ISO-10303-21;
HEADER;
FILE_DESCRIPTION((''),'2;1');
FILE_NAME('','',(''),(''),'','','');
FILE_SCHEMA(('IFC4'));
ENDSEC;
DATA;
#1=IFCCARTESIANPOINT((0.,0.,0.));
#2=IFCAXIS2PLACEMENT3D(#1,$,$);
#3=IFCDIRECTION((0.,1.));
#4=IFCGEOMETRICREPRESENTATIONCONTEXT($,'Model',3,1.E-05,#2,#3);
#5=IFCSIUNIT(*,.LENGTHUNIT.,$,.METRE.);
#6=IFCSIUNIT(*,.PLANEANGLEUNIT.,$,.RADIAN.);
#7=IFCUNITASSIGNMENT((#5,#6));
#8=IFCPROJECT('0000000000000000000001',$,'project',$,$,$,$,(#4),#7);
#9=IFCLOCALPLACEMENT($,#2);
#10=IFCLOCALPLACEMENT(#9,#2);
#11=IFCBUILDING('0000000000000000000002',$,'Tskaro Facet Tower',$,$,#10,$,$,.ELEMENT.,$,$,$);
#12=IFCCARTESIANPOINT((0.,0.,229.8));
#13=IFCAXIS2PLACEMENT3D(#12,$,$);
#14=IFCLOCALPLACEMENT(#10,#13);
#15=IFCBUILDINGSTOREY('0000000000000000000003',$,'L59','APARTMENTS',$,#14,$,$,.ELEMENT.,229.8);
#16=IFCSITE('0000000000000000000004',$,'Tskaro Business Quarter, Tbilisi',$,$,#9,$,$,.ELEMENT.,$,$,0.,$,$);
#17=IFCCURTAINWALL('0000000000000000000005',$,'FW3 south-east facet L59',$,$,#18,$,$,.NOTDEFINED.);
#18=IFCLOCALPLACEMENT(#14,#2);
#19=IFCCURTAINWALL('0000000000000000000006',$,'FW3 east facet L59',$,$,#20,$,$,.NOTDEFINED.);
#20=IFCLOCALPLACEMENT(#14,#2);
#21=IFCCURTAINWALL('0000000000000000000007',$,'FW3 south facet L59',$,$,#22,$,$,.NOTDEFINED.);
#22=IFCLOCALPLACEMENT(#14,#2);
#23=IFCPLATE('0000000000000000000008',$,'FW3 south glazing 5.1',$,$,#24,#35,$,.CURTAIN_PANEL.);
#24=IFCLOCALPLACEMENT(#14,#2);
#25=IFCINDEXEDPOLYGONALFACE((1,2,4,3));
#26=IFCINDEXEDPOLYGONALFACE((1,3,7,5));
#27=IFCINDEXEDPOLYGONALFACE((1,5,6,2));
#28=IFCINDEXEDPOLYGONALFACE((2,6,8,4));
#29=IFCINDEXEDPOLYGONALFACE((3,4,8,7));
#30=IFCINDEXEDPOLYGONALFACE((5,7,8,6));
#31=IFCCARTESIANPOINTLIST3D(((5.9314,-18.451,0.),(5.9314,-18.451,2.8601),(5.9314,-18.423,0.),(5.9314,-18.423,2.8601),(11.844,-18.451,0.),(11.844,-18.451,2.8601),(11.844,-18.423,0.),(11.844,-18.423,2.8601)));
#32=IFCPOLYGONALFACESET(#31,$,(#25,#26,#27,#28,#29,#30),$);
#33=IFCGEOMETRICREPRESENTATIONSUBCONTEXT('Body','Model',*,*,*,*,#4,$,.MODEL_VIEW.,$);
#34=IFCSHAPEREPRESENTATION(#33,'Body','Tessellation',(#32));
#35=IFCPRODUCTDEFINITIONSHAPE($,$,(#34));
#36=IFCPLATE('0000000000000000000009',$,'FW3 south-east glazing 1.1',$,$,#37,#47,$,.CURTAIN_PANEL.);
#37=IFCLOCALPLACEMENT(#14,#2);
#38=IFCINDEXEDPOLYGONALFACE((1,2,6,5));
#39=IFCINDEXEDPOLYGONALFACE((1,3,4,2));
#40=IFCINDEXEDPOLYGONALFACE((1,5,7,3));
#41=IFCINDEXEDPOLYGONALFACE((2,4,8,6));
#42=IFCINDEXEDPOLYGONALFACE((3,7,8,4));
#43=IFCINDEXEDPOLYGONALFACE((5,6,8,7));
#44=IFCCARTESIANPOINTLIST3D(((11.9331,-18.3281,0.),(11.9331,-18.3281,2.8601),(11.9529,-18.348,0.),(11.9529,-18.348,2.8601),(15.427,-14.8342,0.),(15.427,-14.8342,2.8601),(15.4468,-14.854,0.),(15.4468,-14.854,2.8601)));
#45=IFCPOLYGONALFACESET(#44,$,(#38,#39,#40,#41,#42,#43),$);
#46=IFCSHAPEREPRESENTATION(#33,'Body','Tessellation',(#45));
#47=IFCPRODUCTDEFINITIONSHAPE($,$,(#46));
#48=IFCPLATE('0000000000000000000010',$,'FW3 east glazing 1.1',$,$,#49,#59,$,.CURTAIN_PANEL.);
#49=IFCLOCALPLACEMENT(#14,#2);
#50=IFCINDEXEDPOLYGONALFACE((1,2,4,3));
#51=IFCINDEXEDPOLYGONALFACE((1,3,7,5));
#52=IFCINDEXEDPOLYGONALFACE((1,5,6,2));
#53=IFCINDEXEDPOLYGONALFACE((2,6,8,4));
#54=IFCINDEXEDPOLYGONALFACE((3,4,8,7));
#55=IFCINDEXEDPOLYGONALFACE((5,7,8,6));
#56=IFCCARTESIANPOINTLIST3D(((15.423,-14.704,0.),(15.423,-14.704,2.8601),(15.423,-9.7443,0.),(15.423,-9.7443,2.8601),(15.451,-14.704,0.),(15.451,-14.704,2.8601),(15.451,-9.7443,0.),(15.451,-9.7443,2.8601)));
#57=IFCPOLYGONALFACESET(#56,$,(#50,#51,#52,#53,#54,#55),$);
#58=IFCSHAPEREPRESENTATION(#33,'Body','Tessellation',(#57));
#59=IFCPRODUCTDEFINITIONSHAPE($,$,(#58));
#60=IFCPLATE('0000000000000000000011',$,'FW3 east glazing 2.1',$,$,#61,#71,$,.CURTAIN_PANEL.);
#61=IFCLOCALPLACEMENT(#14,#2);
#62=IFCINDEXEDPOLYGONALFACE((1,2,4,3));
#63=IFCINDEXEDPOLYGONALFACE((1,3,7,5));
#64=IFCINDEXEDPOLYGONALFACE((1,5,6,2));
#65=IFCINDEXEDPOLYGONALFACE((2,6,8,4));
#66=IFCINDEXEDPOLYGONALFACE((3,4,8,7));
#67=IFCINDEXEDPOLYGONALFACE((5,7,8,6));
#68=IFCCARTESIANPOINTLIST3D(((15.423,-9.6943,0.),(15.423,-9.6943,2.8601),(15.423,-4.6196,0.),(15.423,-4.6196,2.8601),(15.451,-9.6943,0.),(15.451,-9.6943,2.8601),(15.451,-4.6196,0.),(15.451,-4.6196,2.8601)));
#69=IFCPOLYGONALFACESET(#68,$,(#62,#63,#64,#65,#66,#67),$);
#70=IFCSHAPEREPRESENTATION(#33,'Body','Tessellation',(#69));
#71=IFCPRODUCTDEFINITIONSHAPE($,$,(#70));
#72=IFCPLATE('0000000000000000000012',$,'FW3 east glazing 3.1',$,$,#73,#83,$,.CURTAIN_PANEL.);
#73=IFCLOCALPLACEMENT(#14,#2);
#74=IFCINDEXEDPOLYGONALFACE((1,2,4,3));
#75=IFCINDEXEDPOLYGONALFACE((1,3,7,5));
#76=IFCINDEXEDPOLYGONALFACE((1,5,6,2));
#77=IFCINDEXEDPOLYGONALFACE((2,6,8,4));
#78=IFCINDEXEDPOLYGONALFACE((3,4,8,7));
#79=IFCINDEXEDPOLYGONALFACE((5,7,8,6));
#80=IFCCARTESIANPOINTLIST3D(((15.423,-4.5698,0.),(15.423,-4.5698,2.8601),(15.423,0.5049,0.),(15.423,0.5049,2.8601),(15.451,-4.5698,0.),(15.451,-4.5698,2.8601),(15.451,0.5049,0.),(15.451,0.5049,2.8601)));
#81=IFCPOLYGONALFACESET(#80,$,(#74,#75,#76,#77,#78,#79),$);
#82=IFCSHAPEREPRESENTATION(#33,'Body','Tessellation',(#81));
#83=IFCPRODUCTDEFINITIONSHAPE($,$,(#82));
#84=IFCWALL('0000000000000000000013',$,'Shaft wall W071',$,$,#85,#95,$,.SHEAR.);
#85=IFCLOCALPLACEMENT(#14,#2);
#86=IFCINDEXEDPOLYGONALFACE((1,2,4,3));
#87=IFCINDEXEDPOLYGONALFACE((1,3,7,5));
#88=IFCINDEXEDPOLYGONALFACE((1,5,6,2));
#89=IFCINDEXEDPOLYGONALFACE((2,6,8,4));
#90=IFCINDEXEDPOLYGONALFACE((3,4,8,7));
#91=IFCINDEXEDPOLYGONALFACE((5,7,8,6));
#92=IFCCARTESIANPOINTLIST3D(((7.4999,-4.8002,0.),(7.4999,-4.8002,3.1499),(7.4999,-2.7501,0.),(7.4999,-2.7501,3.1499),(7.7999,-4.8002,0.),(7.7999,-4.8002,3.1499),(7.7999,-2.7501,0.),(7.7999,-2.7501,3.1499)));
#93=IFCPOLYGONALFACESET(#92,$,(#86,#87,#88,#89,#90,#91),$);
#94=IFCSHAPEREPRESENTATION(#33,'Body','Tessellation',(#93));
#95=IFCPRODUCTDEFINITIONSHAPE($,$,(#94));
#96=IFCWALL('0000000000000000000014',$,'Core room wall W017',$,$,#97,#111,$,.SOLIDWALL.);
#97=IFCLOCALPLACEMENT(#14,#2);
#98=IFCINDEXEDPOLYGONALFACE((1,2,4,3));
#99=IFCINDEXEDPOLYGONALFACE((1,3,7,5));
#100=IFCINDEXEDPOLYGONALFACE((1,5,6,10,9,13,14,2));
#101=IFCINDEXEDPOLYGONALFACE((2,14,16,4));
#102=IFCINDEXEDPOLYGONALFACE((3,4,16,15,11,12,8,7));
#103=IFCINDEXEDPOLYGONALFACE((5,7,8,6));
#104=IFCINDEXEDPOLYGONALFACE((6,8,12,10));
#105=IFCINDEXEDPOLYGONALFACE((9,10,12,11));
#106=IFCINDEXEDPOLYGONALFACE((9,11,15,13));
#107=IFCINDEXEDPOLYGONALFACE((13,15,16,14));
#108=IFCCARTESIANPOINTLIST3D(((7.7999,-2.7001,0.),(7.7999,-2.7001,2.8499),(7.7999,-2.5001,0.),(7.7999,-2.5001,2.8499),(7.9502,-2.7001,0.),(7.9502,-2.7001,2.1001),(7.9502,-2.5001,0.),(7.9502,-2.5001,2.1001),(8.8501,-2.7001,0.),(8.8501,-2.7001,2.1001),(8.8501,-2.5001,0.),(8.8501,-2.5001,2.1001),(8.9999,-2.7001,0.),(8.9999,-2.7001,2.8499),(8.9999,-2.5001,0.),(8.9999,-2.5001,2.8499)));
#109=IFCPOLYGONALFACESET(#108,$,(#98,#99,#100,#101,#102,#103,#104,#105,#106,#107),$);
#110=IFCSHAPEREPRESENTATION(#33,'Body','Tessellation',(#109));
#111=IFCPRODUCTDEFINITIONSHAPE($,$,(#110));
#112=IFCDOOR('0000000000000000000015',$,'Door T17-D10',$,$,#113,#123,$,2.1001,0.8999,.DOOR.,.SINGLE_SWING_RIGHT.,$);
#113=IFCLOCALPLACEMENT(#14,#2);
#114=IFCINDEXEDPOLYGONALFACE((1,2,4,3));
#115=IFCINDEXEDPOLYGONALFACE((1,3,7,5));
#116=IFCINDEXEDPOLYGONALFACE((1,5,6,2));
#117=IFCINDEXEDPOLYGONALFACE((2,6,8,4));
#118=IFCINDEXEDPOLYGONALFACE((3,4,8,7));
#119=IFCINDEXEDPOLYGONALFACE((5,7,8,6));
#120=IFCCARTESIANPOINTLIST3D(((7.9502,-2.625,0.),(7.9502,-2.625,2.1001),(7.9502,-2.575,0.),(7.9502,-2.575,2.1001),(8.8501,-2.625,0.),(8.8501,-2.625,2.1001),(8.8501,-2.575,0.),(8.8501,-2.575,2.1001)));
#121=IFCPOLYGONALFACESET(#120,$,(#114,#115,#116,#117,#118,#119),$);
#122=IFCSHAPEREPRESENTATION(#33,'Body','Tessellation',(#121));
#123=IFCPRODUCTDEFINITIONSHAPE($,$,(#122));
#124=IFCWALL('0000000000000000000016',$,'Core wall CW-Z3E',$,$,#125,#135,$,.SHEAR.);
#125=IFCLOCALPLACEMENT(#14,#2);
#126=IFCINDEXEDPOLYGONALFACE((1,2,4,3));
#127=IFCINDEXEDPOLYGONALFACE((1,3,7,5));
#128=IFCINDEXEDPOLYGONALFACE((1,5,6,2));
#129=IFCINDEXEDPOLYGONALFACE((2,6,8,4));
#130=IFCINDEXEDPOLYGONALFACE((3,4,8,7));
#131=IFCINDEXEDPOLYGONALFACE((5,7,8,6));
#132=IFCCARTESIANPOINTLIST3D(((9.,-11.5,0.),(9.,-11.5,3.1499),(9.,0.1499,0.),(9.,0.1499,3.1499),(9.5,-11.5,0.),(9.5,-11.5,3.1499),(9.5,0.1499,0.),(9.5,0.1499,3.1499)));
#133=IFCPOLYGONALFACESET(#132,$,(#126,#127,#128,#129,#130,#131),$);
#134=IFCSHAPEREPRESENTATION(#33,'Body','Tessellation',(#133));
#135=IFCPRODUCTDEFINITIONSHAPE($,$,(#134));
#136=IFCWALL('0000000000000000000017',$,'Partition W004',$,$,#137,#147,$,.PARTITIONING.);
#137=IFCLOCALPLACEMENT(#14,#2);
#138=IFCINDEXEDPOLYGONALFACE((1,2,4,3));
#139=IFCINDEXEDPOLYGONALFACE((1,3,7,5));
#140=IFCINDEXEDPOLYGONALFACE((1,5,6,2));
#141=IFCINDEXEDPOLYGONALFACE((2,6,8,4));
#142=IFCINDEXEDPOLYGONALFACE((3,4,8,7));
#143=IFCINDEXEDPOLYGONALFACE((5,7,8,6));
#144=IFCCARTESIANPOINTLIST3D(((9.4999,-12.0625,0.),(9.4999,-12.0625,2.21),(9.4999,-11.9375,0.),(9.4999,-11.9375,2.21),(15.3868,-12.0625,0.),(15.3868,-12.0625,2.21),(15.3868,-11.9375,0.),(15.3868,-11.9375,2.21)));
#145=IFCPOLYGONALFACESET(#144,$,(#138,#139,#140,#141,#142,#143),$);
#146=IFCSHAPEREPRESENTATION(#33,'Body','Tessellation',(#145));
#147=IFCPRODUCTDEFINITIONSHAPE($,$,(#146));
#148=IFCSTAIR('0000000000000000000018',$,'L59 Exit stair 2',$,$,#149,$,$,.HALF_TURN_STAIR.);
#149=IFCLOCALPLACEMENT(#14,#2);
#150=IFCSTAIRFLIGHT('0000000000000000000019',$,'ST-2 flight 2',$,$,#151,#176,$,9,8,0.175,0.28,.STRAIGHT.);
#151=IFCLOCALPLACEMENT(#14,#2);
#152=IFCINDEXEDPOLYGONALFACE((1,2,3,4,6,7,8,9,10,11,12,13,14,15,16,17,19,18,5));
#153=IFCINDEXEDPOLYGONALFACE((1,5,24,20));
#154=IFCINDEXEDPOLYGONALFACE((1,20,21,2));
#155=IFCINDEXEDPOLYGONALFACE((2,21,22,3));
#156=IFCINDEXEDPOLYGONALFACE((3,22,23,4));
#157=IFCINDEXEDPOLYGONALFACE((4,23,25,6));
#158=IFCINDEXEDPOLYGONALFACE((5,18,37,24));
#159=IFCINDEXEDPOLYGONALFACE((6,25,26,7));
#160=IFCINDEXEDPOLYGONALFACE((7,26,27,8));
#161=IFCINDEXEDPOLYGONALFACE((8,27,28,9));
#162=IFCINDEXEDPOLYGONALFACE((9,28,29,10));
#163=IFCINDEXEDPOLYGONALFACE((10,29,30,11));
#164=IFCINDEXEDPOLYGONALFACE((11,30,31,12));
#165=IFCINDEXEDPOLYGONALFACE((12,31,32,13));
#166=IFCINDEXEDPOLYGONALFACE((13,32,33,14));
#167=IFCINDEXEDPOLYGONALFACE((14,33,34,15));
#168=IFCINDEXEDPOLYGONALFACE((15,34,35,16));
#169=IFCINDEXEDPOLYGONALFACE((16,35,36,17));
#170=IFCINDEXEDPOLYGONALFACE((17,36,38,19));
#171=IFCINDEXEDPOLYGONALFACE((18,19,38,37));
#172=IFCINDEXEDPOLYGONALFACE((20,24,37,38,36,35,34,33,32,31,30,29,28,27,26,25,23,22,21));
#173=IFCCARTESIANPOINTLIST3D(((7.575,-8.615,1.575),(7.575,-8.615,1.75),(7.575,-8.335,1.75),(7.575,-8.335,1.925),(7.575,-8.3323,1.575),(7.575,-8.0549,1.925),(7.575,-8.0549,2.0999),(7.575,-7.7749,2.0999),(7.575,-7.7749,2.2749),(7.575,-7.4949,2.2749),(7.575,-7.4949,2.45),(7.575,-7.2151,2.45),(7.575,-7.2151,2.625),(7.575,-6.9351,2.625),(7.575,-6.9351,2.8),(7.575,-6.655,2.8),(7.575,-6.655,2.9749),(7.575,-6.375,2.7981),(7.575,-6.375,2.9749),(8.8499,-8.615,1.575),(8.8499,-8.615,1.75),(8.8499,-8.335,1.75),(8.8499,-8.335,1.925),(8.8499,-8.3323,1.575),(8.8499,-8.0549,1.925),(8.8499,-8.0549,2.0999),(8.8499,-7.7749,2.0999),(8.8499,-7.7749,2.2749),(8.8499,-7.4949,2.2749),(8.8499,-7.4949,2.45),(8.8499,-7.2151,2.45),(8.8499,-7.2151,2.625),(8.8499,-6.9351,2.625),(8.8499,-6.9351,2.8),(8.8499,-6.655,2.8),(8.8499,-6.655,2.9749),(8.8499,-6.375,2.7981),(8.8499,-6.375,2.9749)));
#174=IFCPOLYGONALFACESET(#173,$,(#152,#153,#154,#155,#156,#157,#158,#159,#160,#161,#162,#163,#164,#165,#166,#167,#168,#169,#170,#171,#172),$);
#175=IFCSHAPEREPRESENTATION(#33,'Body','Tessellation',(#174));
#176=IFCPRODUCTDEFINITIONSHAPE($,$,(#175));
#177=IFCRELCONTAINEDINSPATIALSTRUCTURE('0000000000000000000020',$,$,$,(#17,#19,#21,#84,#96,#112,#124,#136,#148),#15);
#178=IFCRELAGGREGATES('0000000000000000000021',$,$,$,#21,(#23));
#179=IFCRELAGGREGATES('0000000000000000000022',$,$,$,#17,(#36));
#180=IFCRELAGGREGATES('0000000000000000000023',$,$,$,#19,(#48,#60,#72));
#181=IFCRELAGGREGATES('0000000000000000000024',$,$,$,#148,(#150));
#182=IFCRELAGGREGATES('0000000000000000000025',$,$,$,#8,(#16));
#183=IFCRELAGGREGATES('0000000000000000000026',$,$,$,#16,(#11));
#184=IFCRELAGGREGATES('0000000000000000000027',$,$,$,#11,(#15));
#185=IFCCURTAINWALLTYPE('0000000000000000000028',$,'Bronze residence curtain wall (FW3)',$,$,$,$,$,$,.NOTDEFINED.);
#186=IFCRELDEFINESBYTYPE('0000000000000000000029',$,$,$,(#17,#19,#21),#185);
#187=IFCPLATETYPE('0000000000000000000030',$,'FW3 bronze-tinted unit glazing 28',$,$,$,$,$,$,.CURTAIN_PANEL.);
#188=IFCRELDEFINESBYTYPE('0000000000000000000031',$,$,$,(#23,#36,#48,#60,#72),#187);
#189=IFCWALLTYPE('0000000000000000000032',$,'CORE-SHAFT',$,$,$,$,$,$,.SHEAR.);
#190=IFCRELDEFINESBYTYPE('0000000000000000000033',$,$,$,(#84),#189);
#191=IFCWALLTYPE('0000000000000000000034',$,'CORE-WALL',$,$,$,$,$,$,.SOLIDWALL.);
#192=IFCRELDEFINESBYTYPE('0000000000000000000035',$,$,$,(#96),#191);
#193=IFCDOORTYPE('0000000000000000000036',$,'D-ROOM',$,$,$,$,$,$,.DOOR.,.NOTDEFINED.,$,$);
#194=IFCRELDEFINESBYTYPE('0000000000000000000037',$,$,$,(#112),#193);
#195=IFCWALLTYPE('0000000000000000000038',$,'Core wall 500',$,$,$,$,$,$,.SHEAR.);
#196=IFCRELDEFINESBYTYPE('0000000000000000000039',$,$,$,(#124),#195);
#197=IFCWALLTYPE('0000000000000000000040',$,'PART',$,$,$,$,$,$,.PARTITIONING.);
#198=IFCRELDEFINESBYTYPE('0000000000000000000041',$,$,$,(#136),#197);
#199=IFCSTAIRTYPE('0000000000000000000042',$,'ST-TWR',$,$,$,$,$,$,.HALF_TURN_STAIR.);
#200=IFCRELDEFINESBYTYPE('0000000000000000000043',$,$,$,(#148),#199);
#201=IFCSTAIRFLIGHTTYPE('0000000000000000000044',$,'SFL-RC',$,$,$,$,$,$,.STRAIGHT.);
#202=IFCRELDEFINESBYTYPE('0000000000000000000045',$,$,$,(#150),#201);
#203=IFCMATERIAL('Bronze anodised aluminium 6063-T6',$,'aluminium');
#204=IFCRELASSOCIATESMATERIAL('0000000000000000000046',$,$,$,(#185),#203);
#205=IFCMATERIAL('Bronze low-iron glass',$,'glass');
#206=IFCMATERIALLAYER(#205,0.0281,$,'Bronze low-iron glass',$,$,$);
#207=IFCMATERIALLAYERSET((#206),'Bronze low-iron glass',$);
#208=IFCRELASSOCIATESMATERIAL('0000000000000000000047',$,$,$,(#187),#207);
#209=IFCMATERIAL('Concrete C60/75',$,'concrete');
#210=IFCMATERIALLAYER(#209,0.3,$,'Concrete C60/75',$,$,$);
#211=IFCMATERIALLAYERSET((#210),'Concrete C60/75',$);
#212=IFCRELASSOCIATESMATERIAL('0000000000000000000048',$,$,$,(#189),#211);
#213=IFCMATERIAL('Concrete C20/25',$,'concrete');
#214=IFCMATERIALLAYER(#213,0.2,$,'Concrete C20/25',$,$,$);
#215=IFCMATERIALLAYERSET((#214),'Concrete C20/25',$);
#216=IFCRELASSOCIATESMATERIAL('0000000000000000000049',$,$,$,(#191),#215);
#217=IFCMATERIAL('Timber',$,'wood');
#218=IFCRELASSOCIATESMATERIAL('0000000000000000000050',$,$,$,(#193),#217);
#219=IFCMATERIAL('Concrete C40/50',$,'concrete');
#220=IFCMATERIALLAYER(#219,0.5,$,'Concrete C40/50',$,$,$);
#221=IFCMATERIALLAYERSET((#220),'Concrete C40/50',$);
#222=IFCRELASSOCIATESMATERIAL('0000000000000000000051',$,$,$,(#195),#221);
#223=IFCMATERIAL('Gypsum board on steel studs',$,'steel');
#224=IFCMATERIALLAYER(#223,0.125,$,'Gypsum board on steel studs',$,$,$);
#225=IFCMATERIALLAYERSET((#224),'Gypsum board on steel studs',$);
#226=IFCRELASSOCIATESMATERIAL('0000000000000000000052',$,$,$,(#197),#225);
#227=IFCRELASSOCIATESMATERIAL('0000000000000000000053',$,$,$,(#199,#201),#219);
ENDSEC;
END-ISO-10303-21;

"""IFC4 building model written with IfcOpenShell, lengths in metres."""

from ifc_helpers import new_model, si_unit, direction, frame, frame_2d, origin, origin_2d, place, context, subcontext, project, spatial, polyline, rectangle, outline, extrude, material, layer, layer_set, type_object, element, fill, aggregate, save


model = new_model("IFC4")

# Units and contexts
model_context = context("Model", 3, precision=1e-05, world=origin(), true_north=direction((0.0, 1.0)))
body_context = subcontext(model_context, "Body", "Model", "MODEL_VIEW")
ifc_project = project(units=[si_unit("LENGTHUNIT", "METRE"), si_unit("PLANEANGLEUNIT", "RADIAN")], contexts=[model_context])

# Site, building, storey
site_placement = place(None, origin())
site = spatial("IfcSite", under=ifc_project, at=site_placement, Name="Tskaro Business Quarter, Tbilisi", CompositionType="ELEMENT", RefElevation=0.0)
building_placement = place(site_placement, origin())
building = spatial("IfcBuilding", under=site, at=building_placement, Name="Tskaro Facet Tower", CompositionType="ELEMENT")
storey_placement = place(building_placement, frame((0.0, 0.0, 229.8)))
storey = spatial("IfcBuildingStorey", under=building, at=storey_placement, Name="L59", Description="APARTMENTS", CompositionType="ELEMENT", Elevation=229.8)

# Curtain wall
ifc_material_1 = material(Name="Bronze anodised aluminium 6063-T6", Category="aluminium")
curtain_wall_type = type_object("IfcCurtainWallType", Name="Bronze residence curtain wall (FW3)", PredefinedType="NOTDEFINED", material=ifc_material_1)
curtain_wall_1_placement = place(storey_placement, origin())
curtain_wall_1 = element("IfcCurtainWall", 1, at=curtain_wall_1_placement, inside=storey, type_object=curtain_wall_type, Name="FW3 south-east facet L59", PredefinedType="NOTDEFINED")

# Curtain wall
curtain_wall_2_placement = place(storey_placement, origin())
curtain_wall_2 = element("IfcCurtainWall", 2, at=curtain_wall_2_placement, inside=storey, type_object=curtain_wall_type, Name="FW3 east facet L59", PredefinedType="NOTDEFINED")

# Curtain wall, plate
curtain_wall_3_placement = place(storey_placement, origin())
curtain_wall_3 = element("IfcCurtainWall", 3, at=curtain_wall_3_placement, inside=storey, type_object=curtain_wall_type, Name="FW3 south facet L59", PredefinedType="NOTDEFINED")
ifc_material_2 = material(Name="Bronze low-iron glass", Category="glass")
ifc_layer_1 = layer(ifc_material_2, 0.0281, Name="Bronze low-iron glass")
ifc_layer_set_1 = layer_set([ifc_layer_1], Name="Bronze low-iron glass")
plate_type = type_object("IfcPlateType", Name="FW3 bronze-tinted unit glazing 28", PredefinedType="CURTAIN_PANEL", material=ifc_layer_set_1)
plate_1_placement = place(storey_placement, frame((8.8877, -18.437, 0.0), z_axis=(0.0, 0.0, 1.0), x_axis=(1.0, 0.0, 0.0)))
plate_1 = element("IfcPlate", 4, at=plate_1_placement, type_object=plate_type, Name="FW3 south glazing 5.1", PredefinedType="CURTAIN_PANEL", context=body_context, shape_type="SweptSolid", body=[
    extrude(rectangle(XDim=5.9126, YDim=0.0281, at=origin_2d()), origin(), (0.0, 0.0, 1.0), 2.8601),
])
aggregate(curtain_wall_3, [plate_1])

# Plates
plate_2_placement = place(storey_placement, frame((13.6899, -16.5911, 0.0), z_axis=(0.0, 0.0, 1.0), x_axis=(0.707107, 0.707107, 0.0)))
plate_2 = element("IfcPlate", 5, at=plate_2_placement, type_object=plate_type, Name="FW3 south-east glazing 1.1", PredefinedType="CURTAIN_PANEL", context=body_context, shape_type="SweptSolid", body=[
    extrude(rectangle(XDim=4.9412, YDim=0.0281, at=origin_2d()), origin(), (0.0, 0.0, 1.0), 2.8601),
])
aggregate(curtain_wall_1, [plate_2])
plate_3_placement = place(storey_placement, frame((15.437, -12.2241, 0.0), z_axis=(0.0, 0.0, 1.0), x_axis=(0.0, 1.0, 0.0)))
plate_3 = element("IfcPlate", 6, at=plate_3_placement, type_object=plate_type, Name="FW3 east glazing 1.1", PredefinedType="CURTAIN_PANEL", context=body_context, shape_type="SweptSolid", body=[
    extrude(rectangle(XDim=4.9597, YDim=0.0281, at=origin_2d()), origin(), (0.0, 0.0, 1.0), 2.8601),
])
plate_4_placement = place(storey_placement, frame((15.437, -7.157, 0.0), z_axis=(0.0, 0.0, 1.0), x_axis=(0.0, 1.0, 0.0)))
plate_4 = element("IfcPlate", 7, at=plate_4_placement, type_object=plate_type, Name="FW3 east glazing 2.1", PredefinedType="CURTAIN_PANEL", context=body_context, shape_type="SweptSolid", body=[
    extrude(rectangle(XDim=5.0747, YDim=0.0281, at=origin_2d()), origin(), (0.0, 0.0, 1.0), 2.8601),
])
plate_5_placement = place(storey_placement, frame((15.437, -2.0325, 0.0), z_axis=(0.0, 0.0, 1.0), x_axis=(0.0, 1.0, 0.0)))
plate_5 = element("IfcPlate", 8, at=plate_5_placement, type_object=plate_type, Name="FW3 east glazing 3.1", PredefinedType="CURTAIN_PANEL", context=body_context, shape_type="SweptSolid", body=[
    extrude(rectangle(XDim=5.0747, YDim=0.0281, at=origin_2d()), origin(), (0.0, 0.0, 1.0), 2.8601),
])
aggregate(curtain_wall_2, [plate_3, plate_4, plate_5])

# Wall
ifc_material_3 = material(Name="Concrete C60/75", Category="concrete")
ifc_layer_2 = layer(ifc_material_3, 0.3, Name="Concrete C60/75")
ifc_layer_set_2 = layer_set([ifc_layer_2], Name="Concrete C60/75")
wall_type_1 = type_object("IfcWallType", Name="CORE-SHAFT", PredefinedType="SHEAR", material=ifc_layer_set_2)
wall_1_placement = place(storey_placement, frame((7.6499, -4.8, 0.0), z_axis=(0.0, 0.0, 1.0), x_axis=(0.0, 1.0, 0.0)))
element("IfcWall", 9, at=wall_1_placement, inside=storey, type_object=wall_type_1, Name="Shaft wall W071", PredefinedType="SHEAR", context=body_context, shape_type="SweptSolid", body=[
    extrude(rectangle(XDim=2.05, YDim=0.3, at=frame_2d((1.0249, 0.0))), origin(), (0.0, 0.0, 1.0), 3.1499),
])

# Wall, opening, door
ifc_material_4 = material(Name="Concrete C20/25", Category="concrete")
ifc_layer_3 = layer(ifc_material_4, 0.2, Name="Concrete C20/25")
ifc_layer_set_3 = layer_set([ifc_layer_3], Name="Concrete C20/25")
wall_type_2 = type_object("IfcWallType", Name="CORE-WALL", PredefinedType="SOLIDWALL", material=ifc_layer_set_3)
wall_2_placement = place(storey_placement, frame((9.0, -2.6001, 0.0), z_axis=(0.0, 0.0, 1.0), x_axis=(-1.0, 0.0, 0.0)))
wall_2 = element("IfcWall", 10, at=wall_2_placement, inside=storey, type_object=wall_type_2, Name="Core room wall W017", PredefinedType="SOLIDWALL", context=body_context, shape_type="SweptSolid", body=[
    extrude(rectangle(XDim=1.2, YDim=0.2, at=frame_2d((0.6001, 0.0))), origin(), (0.0, 0.0, 1.0), 2.8499),
])
opening_placement = place(wall_2_placement, frame((0.1499, 0.0, 0.0)))
opening = element("IfcOpeningElement", 11, at=opening_placement, cuts=wall_2, PredefinedType="OPENING", context=body_context, shape_type="SweptSolid", body=[
    extrude(rectangle(XDim=0.8999, YDim=2.1001, at=frame_2d((0.45, 1.05))), frame((0.0, 0.1099, 0.0), z_axis=(0.0, -1.0, 0.0), x_axis=(1.0, 0.0, 0.0)), (0.0, 0.0, 1.0), 0.22),
])
ifc_material_5 = material(Name="Timber", Category="wood")
door_type = type_object("IfcDoorType", Name="D-ROOM", OperationType="NOTDEFINED", PredefinedType="DOOR", material=ifc_material_5)
door_placement = place(opening_placement, origin())
door = element("IfcDoor", 12, at=door_placement, inside=storey, type_object=door_type, Name="Door T17-D10", OperationType="SINGLE_SWING_RIGHT", OverallHeight=2.1001, OverallWidth=0.8999, PredefinedType="DOOR", context=body_context, shape_type="SweptSolid", body=[
    extrude(rectangle(XDim=0.8999, YDim=2.1001, at=frame_2d((0.45, 1.05))), frame((0.0, 0.0249, 0.0), z_axis=(0.0, -1.0, 0.0), x_axis=(1.0, 0.0, 0.0)), (0.0, 0.0, 1.0), 0.05),
])
fill(opening, door)

# Walls
ifc_material_6 = material(Name="Concrete C40/50", Category="concrete")
ifc_layer_4 = layer(ifc_material_6, 0.5, Name="Concrete C40/50")
ifc_layer_set_4 = layer_set([ifc_layer_4], Name="Concrete C40/50")
wall_type_3 = type_object("IfcWallType", Name="Core wall 500", PredefinedType="SHEAR", material=ifc_layer_set_4)
wall_3_placement = place(storey_placement, frame((9.25, -11.5, 0.0), z_axis=(0.0, 0.0, 1.0), x_axis=(0.0, 1.0, 0.0)))
element("IfcWall", 13, at=wall_3_placement, inside=storey, type_object=wall_type_3, Name="Core wall CW-Z3E", PredefinedType="SHEAR", context=body_context, shape_type="SweptSolid", body=[
    extrude(rectangle(XDim=11.6499, YDim=0.5, at=frame_2d((5.825, 0.0))), origin(), (0.0, 0.0, 1.0), 3.1499),
])
ifc_material_7 = material(Name="Gypsum board on steel studs", Category="steel")
ifc_layer_5 = layer(ifc_material_7, 0.125, Name="Gypsum board on steel studs")
ifc_layer_set_5 = layer_set([ifc_layer_5], Name="Gypsum board on steel studs")
wall_type_4 = type_object("IfcWallType", Name="PART", PredefinedType="PARTITIONING", material=ifc_layer_set_5)
wall_4_placement = place(storey_placement, frame((9.5, -12.0, 0.0), z_axis=(0.0, 0.0, 1.0), x_axis=(1.0, 0.0, 0.0)))
element("IfcWall", 14, at=wall_4_placement, inside=storey, type_object=wall_type_4, Name="Partition W004", PredefinedType="PARTITIONING", context=body_context, shape_type="SweptSolid", body=[
    extrude(rectangle(XDim=5.887, YDim=0.125, at=frame_2d((2.9434, 0.0))), origin(), (0.0, 0.0, 1.0), 2.21),
])

# Stair, stair flight
stair_type = type_object("IfcStairType", Name="ST-TWR", PredefinedType="HALF_TURN_STAIR", material=ifc_material_6)
stair_placement = place(storey_placement, origin())
stair = element("IfcStair", 15, at=stair_placement, inside=storey, type_object=stair_type, Name="L59 Exit stair 2", PredefinedType="HALF_TURN_STAIR")
stair_flight_type = type_object("IfcStairFlightType", Name="SFL-RC", PredefinedType="STRAIGHT", material=ifc_material_6)
stair_flight_placement = place(storey_placement, frame((8.2124, -8.615, 1.575), z_axis=(0.0, 0.0, 1.0), x_axis=(0.0, 1.0, 0.0)))
stair_flight = element("IfcStairFlight", 16, at=stair_flight_placement, type_object=stair_flight_type, Name="ST-2 flight 2", NumberOfRisers=9, NumberOfTreads=8, PredefinedType="STRAIGHT", RiserHeight=0.175, TreadLength=0.28, context=body_context, shape_type="SweptSolid", body=[
    extrude(outline(polyline([(0.0, 0.0), (0.0, 0.175), (0.28, 0.175), (0.28, 0.3501), (0.5601, 0.3501), (0.5601, 0.5249), (0.8401, 0.5249), (0.8401, 0.7), (1.1201, 0.7), (1.1201, 0.875), (1.3999, 0.875), (1.3999, 1.05), (1.6799, 1.05), (1.6799, 1.2251), (1.96, 1.2251), (1.96, 1.3999), (2.24, 1.3999), (2.24, 1.575), (2.24, 1.2231), (0.2827, 0.0), (0.0, 0.0)])), frame((0.0, 0.6375, 0.0), z_axis=(0.0, -1.0, 0.0), x_axis=(1.0, 0.0, 0.0)), (0.0, 0.0, 1.0), 1.2749),
])
aggregate(stair, [stair_flight])

save(model, "model.ifc")
